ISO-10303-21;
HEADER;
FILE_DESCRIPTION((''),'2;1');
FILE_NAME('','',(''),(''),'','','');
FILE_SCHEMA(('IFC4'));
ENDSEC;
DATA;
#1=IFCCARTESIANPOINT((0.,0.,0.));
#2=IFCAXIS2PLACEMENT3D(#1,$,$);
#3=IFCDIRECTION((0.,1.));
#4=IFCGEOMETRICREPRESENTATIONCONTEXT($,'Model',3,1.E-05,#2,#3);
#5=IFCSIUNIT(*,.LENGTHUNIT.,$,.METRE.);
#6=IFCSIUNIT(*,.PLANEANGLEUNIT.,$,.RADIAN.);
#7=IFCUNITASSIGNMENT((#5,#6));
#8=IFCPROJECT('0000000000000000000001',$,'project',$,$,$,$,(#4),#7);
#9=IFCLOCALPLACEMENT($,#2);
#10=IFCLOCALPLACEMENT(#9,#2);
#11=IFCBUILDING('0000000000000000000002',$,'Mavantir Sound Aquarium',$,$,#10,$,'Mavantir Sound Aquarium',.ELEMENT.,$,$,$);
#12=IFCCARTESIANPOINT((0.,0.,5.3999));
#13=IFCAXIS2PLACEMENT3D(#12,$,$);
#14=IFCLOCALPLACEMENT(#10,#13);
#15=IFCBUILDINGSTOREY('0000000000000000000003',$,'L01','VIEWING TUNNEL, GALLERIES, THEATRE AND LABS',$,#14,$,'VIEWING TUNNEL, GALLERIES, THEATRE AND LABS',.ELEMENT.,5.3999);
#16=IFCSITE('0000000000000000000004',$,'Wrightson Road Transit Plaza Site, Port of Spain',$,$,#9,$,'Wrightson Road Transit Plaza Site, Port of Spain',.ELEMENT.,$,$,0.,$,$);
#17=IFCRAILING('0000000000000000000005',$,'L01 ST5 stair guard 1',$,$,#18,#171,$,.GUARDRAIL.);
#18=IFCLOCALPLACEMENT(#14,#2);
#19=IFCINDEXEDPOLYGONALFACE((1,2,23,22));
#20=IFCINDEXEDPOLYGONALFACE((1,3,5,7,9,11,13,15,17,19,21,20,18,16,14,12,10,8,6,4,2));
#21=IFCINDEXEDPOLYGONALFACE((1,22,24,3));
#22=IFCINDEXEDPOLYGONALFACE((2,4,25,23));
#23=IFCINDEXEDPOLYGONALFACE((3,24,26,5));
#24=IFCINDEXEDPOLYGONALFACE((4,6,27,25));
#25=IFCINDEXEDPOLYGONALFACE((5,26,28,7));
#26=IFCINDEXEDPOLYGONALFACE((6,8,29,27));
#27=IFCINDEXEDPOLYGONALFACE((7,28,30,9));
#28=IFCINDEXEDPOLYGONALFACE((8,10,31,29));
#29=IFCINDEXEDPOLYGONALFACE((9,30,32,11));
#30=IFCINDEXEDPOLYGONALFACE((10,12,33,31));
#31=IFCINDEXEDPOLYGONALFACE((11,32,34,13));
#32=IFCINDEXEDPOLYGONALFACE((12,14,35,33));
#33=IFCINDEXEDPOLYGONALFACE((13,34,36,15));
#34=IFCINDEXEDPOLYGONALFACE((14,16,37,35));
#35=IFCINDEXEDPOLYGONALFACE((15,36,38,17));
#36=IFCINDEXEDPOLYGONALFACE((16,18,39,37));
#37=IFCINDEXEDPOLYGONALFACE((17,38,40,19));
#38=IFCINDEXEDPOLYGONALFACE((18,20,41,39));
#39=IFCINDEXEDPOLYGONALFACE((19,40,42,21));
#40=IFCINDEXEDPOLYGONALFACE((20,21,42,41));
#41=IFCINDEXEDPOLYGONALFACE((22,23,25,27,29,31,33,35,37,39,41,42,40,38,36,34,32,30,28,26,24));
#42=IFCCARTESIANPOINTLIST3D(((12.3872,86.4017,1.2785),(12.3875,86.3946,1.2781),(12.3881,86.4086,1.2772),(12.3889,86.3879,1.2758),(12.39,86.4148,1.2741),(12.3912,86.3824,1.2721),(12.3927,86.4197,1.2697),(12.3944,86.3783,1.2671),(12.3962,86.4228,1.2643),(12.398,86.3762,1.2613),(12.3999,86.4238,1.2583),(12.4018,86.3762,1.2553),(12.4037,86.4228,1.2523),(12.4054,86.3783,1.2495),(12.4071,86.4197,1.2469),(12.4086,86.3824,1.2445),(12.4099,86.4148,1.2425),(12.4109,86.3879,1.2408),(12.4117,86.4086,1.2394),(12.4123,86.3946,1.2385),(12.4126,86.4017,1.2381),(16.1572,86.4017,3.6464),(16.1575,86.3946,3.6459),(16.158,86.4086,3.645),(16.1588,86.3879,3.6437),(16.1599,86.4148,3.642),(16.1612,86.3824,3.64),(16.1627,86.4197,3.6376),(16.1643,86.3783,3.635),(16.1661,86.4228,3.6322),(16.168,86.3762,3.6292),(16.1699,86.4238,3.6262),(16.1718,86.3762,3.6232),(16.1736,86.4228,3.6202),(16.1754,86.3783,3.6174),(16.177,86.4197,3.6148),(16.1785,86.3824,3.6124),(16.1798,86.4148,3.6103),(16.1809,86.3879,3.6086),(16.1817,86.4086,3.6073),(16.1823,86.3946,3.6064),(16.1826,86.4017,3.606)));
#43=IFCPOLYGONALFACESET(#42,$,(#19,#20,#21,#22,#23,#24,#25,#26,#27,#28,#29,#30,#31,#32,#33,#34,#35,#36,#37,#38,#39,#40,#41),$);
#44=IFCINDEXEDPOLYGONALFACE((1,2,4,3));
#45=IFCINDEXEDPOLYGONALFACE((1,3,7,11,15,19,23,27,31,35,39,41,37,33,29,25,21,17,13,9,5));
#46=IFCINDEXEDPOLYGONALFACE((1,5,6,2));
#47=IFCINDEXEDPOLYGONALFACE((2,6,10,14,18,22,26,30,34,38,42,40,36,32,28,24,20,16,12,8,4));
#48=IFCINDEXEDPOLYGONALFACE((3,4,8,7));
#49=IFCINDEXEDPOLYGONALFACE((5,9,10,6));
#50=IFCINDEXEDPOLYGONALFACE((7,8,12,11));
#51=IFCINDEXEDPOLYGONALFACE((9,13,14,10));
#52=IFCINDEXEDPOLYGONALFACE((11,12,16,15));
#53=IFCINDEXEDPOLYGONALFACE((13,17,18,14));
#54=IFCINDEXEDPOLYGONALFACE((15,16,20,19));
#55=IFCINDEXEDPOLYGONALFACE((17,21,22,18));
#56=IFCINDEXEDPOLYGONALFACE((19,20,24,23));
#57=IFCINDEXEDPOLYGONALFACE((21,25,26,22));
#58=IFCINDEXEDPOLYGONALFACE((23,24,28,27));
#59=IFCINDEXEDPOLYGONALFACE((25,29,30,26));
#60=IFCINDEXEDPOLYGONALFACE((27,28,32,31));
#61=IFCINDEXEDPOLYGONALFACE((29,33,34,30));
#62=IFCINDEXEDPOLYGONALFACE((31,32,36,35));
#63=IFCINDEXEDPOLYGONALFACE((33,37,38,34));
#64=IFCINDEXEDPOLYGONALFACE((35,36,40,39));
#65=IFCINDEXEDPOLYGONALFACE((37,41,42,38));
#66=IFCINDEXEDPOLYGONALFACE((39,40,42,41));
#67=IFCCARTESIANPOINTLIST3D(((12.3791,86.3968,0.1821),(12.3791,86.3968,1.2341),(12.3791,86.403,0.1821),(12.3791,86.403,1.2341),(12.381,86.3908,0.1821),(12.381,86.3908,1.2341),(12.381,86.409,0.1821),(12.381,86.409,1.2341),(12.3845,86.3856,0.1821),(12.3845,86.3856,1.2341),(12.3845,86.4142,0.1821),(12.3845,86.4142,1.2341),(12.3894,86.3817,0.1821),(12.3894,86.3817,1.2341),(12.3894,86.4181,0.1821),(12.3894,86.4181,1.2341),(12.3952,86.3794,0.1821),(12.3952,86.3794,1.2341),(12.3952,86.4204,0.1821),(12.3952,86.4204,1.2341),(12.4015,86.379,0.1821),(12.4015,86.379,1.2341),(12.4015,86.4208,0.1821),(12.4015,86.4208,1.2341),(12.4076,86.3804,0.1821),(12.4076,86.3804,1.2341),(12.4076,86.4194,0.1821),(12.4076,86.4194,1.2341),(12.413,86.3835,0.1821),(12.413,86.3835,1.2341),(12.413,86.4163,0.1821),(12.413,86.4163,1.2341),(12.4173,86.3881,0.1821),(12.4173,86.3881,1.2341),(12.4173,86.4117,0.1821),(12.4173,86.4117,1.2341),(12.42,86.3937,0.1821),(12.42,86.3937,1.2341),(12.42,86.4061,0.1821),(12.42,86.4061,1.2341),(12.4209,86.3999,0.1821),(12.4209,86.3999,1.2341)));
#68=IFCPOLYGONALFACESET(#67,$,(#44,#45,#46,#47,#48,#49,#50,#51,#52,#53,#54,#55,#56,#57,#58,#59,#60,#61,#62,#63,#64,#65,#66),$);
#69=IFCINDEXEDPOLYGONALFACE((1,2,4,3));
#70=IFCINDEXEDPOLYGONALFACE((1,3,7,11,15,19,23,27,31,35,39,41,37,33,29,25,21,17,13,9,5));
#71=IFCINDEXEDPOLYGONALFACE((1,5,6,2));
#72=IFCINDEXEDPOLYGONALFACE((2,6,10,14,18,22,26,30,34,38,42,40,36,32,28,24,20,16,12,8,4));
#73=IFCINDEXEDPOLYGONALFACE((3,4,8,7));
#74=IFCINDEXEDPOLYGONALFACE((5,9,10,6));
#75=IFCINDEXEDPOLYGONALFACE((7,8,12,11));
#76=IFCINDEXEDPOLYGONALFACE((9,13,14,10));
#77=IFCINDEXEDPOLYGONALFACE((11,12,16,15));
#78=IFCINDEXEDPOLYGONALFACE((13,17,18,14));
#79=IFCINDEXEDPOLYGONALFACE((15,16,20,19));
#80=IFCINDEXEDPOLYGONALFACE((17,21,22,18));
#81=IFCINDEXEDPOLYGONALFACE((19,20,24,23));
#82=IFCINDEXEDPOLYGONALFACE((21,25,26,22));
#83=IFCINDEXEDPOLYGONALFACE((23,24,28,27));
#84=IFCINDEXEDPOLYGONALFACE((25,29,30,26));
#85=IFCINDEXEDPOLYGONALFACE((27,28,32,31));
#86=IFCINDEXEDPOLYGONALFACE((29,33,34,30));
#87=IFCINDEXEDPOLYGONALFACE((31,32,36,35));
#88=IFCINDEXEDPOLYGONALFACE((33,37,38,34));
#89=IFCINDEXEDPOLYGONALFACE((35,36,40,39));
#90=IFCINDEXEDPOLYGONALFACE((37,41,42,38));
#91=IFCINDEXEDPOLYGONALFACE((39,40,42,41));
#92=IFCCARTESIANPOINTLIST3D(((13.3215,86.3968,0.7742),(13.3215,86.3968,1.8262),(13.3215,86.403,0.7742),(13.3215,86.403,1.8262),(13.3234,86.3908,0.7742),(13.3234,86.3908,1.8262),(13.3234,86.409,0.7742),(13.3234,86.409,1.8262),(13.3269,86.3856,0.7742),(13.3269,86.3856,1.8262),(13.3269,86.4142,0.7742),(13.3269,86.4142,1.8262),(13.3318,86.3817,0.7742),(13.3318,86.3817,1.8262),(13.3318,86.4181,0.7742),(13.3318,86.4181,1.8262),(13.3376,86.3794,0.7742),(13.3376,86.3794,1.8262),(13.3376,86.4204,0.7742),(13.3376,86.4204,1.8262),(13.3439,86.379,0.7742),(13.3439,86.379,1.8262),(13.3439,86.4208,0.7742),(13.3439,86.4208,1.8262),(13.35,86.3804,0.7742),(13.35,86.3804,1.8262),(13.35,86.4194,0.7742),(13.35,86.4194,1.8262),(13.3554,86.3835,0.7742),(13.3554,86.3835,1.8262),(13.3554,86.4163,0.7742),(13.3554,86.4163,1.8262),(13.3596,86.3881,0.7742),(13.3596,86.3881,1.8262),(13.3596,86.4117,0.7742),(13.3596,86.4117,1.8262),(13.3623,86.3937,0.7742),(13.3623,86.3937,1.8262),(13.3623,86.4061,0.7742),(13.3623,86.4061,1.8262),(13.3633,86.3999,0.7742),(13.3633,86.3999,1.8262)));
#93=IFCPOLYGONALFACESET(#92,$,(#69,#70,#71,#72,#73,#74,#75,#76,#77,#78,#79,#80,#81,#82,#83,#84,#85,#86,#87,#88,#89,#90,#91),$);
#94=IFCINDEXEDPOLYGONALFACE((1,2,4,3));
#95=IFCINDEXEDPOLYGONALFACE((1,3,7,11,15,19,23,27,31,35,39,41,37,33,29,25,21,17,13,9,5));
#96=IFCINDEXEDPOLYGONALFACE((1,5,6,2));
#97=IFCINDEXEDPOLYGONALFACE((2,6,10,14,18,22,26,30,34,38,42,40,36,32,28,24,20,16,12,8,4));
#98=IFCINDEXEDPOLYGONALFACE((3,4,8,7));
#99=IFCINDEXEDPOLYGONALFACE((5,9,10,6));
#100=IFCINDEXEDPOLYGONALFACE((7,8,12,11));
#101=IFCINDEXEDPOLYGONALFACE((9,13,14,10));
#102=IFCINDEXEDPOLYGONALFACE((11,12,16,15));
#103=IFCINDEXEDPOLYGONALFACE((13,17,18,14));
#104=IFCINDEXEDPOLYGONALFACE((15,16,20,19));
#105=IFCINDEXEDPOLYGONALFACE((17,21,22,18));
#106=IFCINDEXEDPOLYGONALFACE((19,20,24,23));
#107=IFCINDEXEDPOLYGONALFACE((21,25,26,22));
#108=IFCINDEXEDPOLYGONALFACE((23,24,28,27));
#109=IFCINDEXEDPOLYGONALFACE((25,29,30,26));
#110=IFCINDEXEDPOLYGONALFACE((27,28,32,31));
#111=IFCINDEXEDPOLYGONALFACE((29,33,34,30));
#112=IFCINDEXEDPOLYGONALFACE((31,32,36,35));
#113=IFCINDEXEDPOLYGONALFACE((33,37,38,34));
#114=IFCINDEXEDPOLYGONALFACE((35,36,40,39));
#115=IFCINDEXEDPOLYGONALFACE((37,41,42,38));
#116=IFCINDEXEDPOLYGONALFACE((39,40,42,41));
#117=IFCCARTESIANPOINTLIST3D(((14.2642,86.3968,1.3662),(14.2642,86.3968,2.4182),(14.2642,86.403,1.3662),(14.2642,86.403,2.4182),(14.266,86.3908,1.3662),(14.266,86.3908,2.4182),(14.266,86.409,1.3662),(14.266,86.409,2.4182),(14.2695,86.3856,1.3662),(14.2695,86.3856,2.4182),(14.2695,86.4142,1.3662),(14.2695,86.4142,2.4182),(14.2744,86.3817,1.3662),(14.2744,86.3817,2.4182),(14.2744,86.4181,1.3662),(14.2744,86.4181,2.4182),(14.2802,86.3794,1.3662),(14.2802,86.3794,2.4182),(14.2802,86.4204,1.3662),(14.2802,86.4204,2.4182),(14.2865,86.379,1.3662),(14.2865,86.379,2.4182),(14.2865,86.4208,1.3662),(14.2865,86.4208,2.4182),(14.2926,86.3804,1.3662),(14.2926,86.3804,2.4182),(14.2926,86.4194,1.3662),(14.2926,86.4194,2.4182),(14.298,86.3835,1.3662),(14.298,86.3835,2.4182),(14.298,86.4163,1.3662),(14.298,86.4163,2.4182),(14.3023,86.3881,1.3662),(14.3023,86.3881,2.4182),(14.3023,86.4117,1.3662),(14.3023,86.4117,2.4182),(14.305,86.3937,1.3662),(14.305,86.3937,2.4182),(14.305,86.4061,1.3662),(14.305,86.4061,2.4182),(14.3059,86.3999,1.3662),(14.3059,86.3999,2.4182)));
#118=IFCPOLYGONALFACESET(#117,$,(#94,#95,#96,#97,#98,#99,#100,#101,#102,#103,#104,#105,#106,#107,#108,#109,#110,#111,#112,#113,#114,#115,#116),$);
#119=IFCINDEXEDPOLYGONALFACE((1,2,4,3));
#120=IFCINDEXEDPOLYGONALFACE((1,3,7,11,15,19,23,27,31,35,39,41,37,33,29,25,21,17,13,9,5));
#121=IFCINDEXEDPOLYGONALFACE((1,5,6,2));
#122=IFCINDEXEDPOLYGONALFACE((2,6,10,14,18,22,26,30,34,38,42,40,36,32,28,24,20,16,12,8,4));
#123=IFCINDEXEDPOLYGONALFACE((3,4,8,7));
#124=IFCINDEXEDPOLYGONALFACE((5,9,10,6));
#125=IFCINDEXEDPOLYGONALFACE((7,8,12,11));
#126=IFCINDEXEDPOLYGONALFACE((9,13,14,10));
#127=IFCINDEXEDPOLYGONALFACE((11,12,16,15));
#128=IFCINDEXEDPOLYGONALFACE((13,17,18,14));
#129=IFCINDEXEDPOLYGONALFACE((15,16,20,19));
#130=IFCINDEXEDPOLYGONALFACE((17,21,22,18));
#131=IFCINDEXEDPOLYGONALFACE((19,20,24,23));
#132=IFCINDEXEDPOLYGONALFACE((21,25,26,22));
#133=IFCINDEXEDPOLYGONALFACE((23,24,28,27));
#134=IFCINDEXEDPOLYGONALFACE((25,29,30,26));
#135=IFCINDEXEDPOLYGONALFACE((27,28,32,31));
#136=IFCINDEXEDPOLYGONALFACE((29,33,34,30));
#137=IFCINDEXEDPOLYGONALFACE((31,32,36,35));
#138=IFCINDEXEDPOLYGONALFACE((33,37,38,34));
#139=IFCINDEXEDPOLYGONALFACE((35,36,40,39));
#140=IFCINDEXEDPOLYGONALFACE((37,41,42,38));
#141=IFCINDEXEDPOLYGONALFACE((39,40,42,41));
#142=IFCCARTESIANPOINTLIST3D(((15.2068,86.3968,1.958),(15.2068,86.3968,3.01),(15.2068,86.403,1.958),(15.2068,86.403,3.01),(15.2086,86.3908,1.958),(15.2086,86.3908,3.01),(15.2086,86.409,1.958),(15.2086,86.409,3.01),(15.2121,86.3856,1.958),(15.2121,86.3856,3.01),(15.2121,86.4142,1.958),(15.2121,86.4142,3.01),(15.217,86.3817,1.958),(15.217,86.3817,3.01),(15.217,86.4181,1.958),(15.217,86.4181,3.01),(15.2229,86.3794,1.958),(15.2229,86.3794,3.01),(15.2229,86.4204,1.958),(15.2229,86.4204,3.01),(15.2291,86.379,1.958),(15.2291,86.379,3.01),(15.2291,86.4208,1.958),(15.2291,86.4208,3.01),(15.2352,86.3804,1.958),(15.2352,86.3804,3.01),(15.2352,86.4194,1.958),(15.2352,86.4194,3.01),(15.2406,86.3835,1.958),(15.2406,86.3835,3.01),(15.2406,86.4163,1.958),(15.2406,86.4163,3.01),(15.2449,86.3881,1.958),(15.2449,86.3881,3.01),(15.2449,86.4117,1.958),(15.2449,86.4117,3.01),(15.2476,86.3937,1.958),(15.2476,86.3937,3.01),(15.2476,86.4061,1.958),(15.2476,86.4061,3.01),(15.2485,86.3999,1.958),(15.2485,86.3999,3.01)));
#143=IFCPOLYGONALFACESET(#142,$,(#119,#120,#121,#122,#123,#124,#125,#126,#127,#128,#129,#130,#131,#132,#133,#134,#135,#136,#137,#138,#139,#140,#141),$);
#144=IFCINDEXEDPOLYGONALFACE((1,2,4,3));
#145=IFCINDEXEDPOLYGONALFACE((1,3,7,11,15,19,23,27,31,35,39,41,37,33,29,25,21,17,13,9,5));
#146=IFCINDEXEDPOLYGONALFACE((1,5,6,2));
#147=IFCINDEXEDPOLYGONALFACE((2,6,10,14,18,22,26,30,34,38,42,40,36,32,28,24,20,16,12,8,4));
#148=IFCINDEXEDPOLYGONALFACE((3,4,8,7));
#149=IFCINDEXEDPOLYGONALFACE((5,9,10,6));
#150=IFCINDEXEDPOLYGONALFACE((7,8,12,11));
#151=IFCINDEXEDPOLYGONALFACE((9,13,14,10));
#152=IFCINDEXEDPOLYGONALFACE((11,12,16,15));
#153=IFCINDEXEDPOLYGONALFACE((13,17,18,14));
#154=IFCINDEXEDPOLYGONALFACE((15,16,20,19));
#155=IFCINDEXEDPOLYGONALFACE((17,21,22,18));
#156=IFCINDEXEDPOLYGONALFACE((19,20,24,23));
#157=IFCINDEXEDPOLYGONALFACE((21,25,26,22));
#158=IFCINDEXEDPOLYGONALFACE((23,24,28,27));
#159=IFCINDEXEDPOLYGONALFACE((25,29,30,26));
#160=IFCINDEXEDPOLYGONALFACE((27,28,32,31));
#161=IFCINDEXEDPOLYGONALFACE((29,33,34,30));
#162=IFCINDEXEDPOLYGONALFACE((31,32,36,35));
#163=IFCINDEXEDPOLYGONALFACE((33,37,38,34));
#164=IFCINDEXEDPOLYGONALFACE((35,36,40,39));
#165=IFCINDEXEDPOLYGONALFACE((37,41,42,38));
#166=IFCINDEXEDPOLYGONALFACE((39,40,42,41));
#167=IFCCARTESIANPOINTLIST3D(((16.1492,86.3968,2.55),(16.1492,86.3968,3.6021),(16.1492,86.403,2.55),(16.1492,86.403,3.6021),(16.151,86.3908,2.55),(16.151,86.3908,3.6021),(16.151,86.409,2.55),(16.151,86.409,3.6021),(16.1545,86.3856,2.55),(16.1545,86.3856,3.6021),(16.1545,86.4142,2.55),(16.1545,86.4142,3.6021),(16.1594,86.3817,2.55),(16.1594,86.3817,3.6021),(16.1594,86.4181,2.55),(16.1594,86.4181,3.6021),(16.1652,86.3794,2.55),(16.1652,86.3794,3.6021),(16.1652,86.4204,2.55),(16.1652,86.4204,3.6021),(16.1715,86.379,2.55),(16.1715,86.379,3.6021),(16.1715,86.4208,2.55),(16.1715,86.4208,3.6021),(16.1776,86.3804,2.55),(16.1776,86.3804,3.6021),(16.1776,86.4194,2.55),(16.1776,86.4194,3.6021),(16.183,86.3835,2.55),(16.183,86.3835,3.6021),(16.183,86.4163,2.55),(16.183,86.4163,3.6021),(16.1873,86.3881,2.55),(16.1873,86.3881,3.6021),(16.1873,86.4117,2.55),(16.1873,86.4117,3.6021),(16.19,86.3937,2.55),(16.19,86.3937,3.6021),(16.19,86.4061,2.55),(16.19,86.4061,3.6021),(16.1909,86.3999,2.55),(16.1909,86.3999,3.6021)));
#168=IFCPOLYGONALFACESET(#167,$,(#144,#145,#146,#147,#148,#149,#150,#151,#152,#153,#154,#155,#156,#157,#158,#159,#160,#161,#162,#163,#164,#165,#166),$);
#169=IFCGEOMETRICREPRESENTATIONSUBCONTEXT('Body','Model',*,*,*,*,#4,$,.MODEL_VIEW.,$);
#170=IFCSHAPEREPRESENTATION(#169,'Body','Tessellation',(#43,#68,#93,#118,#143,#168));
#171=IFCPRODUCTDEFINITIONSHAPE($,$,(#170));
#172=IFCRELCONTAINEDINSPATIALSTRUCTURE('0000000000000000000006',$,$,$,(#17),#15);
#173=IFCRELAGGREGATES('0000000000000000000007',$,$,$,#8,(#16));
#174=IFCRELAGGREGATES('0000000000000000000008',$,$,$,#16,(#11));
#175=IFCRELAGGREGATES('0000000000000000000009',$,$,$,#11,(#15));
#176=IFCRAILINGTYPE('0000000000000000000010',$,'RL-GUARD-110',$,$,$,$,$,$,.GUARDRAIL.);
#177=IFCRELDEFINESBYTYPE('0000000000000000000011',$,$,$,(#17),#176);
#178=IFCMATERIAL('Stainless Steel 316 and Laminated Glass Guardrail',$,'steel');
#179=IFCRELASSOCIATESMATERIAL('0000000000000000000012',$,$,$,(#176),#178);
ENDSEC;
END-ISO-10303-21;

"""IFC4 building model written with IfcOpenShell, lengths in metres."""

from ifc_helpers import new_model, si_unit, direction, frame, origin, origin_2d, place, context, subcontext, project, spatial, circle, extrude, material, type_object, element, save


model = new_model("IFC4")

# Units and contexts
model_context = context("Model", 3, precision=1e-05, world=origin(), true_north=direction((0.0, 1.0)))
body_context = subcontext(model_context, "Body", "Model", "MODEL_VIEW")
ifc_project = project(units=[si_unit("LENGTHUNIT", "METRE"), si_unit("PLANEANGLEUNIT", "RADIAN")], contexts=[model_context])

# Site, building, storey
site_placement = place(None, origin())
site = spatial("IfcSite", under=ifc_project, at=site_placement, Name="Wrightson Road Transit Plaza Site, Port of Spain", LongName="Wrightson Road Transit Plaza Site, Port of Spain", CompositionType="ELEMENT", RefElevation=0.0)
building_placement = place(site_placement, origin())
building = spatial("IfcBuilding", under=site, at=building_placement, Name="Mavantir Sound Aquarium", LongName="Mavantir Sound Aquarium", CompositionType="ELEMENT")
storey_placement = place(building_placement, frame((0.0, 0.0, 5.3999)))
storey = spatial("IfcBuildingStorey", under=building, at=storey_placement, Name="L01", Description="VIEWING TUNNEL, GALLERIES, THEATRE AND LABS", LongName="VIEWING TUNNEL, GALLERIES, THEATRE AND LABS", CompositionType="ELEMENT", Elevation=5.3999)

# Railing
ifc_material_1 = material(Name="Stainless Steel 316 and Laminated Glass Guardrail", Category="steel")
railing_type_1 = type_object("IfcRailingType", Name="RL-GUARD-110", PredefinedType="GUARDRAIL", material=ifc_material_1)
railing_1_placement = place(storey_placement, frame((12.3999, 86.3999, 0.1821)))
element("IfcRailing", 1, at=railing_1_placement, inside=storey, type_object=railing_type_1, Name="L01 ST5 stair guard 1", PredefinedType="GUARDRAIL", context=body_context, shape_type="SweptSolid", body=[
    extrude(circle(Radius=0.0239, at=origin_2d()), frame((0.0, 0.0, 1.0762), z_axis=(0.846819, 0.0, 0.531881), x_axis=(0.0, 1.0, 0.0)), (0.0, 0.0, 1.0), 4.4519),
    extrude(circle(Radius=0.021, at=origin_2d()), origin(), (0.0, 0.0, 1.0), 1.052),
    extrude(circle(Radius=0.021, at=origin_2d()), frame((0.9424, 0.0, 0.592)), (0.0, 0.0, 1.0), 1.052),
    extrude(circle(Radius=0.021, at=origin_2d()), frame((1.885, 0.0, 1.1841)), (0.0, 0.0, 1.0), 1.052),
    extrude(circle(Radius=0.021, at=origin_2d()), frame((2.8276, 0.0, 1.7759)), (0.0, 0.0, 1.0), 1.052),
    extrude(circle(Radius=0.021, at=origin_2d()), frame((3.77, 0.0, 2.3679)), (0.0, 0.0, 1.0), 1.052),
])

save(model, "model.ifc")
